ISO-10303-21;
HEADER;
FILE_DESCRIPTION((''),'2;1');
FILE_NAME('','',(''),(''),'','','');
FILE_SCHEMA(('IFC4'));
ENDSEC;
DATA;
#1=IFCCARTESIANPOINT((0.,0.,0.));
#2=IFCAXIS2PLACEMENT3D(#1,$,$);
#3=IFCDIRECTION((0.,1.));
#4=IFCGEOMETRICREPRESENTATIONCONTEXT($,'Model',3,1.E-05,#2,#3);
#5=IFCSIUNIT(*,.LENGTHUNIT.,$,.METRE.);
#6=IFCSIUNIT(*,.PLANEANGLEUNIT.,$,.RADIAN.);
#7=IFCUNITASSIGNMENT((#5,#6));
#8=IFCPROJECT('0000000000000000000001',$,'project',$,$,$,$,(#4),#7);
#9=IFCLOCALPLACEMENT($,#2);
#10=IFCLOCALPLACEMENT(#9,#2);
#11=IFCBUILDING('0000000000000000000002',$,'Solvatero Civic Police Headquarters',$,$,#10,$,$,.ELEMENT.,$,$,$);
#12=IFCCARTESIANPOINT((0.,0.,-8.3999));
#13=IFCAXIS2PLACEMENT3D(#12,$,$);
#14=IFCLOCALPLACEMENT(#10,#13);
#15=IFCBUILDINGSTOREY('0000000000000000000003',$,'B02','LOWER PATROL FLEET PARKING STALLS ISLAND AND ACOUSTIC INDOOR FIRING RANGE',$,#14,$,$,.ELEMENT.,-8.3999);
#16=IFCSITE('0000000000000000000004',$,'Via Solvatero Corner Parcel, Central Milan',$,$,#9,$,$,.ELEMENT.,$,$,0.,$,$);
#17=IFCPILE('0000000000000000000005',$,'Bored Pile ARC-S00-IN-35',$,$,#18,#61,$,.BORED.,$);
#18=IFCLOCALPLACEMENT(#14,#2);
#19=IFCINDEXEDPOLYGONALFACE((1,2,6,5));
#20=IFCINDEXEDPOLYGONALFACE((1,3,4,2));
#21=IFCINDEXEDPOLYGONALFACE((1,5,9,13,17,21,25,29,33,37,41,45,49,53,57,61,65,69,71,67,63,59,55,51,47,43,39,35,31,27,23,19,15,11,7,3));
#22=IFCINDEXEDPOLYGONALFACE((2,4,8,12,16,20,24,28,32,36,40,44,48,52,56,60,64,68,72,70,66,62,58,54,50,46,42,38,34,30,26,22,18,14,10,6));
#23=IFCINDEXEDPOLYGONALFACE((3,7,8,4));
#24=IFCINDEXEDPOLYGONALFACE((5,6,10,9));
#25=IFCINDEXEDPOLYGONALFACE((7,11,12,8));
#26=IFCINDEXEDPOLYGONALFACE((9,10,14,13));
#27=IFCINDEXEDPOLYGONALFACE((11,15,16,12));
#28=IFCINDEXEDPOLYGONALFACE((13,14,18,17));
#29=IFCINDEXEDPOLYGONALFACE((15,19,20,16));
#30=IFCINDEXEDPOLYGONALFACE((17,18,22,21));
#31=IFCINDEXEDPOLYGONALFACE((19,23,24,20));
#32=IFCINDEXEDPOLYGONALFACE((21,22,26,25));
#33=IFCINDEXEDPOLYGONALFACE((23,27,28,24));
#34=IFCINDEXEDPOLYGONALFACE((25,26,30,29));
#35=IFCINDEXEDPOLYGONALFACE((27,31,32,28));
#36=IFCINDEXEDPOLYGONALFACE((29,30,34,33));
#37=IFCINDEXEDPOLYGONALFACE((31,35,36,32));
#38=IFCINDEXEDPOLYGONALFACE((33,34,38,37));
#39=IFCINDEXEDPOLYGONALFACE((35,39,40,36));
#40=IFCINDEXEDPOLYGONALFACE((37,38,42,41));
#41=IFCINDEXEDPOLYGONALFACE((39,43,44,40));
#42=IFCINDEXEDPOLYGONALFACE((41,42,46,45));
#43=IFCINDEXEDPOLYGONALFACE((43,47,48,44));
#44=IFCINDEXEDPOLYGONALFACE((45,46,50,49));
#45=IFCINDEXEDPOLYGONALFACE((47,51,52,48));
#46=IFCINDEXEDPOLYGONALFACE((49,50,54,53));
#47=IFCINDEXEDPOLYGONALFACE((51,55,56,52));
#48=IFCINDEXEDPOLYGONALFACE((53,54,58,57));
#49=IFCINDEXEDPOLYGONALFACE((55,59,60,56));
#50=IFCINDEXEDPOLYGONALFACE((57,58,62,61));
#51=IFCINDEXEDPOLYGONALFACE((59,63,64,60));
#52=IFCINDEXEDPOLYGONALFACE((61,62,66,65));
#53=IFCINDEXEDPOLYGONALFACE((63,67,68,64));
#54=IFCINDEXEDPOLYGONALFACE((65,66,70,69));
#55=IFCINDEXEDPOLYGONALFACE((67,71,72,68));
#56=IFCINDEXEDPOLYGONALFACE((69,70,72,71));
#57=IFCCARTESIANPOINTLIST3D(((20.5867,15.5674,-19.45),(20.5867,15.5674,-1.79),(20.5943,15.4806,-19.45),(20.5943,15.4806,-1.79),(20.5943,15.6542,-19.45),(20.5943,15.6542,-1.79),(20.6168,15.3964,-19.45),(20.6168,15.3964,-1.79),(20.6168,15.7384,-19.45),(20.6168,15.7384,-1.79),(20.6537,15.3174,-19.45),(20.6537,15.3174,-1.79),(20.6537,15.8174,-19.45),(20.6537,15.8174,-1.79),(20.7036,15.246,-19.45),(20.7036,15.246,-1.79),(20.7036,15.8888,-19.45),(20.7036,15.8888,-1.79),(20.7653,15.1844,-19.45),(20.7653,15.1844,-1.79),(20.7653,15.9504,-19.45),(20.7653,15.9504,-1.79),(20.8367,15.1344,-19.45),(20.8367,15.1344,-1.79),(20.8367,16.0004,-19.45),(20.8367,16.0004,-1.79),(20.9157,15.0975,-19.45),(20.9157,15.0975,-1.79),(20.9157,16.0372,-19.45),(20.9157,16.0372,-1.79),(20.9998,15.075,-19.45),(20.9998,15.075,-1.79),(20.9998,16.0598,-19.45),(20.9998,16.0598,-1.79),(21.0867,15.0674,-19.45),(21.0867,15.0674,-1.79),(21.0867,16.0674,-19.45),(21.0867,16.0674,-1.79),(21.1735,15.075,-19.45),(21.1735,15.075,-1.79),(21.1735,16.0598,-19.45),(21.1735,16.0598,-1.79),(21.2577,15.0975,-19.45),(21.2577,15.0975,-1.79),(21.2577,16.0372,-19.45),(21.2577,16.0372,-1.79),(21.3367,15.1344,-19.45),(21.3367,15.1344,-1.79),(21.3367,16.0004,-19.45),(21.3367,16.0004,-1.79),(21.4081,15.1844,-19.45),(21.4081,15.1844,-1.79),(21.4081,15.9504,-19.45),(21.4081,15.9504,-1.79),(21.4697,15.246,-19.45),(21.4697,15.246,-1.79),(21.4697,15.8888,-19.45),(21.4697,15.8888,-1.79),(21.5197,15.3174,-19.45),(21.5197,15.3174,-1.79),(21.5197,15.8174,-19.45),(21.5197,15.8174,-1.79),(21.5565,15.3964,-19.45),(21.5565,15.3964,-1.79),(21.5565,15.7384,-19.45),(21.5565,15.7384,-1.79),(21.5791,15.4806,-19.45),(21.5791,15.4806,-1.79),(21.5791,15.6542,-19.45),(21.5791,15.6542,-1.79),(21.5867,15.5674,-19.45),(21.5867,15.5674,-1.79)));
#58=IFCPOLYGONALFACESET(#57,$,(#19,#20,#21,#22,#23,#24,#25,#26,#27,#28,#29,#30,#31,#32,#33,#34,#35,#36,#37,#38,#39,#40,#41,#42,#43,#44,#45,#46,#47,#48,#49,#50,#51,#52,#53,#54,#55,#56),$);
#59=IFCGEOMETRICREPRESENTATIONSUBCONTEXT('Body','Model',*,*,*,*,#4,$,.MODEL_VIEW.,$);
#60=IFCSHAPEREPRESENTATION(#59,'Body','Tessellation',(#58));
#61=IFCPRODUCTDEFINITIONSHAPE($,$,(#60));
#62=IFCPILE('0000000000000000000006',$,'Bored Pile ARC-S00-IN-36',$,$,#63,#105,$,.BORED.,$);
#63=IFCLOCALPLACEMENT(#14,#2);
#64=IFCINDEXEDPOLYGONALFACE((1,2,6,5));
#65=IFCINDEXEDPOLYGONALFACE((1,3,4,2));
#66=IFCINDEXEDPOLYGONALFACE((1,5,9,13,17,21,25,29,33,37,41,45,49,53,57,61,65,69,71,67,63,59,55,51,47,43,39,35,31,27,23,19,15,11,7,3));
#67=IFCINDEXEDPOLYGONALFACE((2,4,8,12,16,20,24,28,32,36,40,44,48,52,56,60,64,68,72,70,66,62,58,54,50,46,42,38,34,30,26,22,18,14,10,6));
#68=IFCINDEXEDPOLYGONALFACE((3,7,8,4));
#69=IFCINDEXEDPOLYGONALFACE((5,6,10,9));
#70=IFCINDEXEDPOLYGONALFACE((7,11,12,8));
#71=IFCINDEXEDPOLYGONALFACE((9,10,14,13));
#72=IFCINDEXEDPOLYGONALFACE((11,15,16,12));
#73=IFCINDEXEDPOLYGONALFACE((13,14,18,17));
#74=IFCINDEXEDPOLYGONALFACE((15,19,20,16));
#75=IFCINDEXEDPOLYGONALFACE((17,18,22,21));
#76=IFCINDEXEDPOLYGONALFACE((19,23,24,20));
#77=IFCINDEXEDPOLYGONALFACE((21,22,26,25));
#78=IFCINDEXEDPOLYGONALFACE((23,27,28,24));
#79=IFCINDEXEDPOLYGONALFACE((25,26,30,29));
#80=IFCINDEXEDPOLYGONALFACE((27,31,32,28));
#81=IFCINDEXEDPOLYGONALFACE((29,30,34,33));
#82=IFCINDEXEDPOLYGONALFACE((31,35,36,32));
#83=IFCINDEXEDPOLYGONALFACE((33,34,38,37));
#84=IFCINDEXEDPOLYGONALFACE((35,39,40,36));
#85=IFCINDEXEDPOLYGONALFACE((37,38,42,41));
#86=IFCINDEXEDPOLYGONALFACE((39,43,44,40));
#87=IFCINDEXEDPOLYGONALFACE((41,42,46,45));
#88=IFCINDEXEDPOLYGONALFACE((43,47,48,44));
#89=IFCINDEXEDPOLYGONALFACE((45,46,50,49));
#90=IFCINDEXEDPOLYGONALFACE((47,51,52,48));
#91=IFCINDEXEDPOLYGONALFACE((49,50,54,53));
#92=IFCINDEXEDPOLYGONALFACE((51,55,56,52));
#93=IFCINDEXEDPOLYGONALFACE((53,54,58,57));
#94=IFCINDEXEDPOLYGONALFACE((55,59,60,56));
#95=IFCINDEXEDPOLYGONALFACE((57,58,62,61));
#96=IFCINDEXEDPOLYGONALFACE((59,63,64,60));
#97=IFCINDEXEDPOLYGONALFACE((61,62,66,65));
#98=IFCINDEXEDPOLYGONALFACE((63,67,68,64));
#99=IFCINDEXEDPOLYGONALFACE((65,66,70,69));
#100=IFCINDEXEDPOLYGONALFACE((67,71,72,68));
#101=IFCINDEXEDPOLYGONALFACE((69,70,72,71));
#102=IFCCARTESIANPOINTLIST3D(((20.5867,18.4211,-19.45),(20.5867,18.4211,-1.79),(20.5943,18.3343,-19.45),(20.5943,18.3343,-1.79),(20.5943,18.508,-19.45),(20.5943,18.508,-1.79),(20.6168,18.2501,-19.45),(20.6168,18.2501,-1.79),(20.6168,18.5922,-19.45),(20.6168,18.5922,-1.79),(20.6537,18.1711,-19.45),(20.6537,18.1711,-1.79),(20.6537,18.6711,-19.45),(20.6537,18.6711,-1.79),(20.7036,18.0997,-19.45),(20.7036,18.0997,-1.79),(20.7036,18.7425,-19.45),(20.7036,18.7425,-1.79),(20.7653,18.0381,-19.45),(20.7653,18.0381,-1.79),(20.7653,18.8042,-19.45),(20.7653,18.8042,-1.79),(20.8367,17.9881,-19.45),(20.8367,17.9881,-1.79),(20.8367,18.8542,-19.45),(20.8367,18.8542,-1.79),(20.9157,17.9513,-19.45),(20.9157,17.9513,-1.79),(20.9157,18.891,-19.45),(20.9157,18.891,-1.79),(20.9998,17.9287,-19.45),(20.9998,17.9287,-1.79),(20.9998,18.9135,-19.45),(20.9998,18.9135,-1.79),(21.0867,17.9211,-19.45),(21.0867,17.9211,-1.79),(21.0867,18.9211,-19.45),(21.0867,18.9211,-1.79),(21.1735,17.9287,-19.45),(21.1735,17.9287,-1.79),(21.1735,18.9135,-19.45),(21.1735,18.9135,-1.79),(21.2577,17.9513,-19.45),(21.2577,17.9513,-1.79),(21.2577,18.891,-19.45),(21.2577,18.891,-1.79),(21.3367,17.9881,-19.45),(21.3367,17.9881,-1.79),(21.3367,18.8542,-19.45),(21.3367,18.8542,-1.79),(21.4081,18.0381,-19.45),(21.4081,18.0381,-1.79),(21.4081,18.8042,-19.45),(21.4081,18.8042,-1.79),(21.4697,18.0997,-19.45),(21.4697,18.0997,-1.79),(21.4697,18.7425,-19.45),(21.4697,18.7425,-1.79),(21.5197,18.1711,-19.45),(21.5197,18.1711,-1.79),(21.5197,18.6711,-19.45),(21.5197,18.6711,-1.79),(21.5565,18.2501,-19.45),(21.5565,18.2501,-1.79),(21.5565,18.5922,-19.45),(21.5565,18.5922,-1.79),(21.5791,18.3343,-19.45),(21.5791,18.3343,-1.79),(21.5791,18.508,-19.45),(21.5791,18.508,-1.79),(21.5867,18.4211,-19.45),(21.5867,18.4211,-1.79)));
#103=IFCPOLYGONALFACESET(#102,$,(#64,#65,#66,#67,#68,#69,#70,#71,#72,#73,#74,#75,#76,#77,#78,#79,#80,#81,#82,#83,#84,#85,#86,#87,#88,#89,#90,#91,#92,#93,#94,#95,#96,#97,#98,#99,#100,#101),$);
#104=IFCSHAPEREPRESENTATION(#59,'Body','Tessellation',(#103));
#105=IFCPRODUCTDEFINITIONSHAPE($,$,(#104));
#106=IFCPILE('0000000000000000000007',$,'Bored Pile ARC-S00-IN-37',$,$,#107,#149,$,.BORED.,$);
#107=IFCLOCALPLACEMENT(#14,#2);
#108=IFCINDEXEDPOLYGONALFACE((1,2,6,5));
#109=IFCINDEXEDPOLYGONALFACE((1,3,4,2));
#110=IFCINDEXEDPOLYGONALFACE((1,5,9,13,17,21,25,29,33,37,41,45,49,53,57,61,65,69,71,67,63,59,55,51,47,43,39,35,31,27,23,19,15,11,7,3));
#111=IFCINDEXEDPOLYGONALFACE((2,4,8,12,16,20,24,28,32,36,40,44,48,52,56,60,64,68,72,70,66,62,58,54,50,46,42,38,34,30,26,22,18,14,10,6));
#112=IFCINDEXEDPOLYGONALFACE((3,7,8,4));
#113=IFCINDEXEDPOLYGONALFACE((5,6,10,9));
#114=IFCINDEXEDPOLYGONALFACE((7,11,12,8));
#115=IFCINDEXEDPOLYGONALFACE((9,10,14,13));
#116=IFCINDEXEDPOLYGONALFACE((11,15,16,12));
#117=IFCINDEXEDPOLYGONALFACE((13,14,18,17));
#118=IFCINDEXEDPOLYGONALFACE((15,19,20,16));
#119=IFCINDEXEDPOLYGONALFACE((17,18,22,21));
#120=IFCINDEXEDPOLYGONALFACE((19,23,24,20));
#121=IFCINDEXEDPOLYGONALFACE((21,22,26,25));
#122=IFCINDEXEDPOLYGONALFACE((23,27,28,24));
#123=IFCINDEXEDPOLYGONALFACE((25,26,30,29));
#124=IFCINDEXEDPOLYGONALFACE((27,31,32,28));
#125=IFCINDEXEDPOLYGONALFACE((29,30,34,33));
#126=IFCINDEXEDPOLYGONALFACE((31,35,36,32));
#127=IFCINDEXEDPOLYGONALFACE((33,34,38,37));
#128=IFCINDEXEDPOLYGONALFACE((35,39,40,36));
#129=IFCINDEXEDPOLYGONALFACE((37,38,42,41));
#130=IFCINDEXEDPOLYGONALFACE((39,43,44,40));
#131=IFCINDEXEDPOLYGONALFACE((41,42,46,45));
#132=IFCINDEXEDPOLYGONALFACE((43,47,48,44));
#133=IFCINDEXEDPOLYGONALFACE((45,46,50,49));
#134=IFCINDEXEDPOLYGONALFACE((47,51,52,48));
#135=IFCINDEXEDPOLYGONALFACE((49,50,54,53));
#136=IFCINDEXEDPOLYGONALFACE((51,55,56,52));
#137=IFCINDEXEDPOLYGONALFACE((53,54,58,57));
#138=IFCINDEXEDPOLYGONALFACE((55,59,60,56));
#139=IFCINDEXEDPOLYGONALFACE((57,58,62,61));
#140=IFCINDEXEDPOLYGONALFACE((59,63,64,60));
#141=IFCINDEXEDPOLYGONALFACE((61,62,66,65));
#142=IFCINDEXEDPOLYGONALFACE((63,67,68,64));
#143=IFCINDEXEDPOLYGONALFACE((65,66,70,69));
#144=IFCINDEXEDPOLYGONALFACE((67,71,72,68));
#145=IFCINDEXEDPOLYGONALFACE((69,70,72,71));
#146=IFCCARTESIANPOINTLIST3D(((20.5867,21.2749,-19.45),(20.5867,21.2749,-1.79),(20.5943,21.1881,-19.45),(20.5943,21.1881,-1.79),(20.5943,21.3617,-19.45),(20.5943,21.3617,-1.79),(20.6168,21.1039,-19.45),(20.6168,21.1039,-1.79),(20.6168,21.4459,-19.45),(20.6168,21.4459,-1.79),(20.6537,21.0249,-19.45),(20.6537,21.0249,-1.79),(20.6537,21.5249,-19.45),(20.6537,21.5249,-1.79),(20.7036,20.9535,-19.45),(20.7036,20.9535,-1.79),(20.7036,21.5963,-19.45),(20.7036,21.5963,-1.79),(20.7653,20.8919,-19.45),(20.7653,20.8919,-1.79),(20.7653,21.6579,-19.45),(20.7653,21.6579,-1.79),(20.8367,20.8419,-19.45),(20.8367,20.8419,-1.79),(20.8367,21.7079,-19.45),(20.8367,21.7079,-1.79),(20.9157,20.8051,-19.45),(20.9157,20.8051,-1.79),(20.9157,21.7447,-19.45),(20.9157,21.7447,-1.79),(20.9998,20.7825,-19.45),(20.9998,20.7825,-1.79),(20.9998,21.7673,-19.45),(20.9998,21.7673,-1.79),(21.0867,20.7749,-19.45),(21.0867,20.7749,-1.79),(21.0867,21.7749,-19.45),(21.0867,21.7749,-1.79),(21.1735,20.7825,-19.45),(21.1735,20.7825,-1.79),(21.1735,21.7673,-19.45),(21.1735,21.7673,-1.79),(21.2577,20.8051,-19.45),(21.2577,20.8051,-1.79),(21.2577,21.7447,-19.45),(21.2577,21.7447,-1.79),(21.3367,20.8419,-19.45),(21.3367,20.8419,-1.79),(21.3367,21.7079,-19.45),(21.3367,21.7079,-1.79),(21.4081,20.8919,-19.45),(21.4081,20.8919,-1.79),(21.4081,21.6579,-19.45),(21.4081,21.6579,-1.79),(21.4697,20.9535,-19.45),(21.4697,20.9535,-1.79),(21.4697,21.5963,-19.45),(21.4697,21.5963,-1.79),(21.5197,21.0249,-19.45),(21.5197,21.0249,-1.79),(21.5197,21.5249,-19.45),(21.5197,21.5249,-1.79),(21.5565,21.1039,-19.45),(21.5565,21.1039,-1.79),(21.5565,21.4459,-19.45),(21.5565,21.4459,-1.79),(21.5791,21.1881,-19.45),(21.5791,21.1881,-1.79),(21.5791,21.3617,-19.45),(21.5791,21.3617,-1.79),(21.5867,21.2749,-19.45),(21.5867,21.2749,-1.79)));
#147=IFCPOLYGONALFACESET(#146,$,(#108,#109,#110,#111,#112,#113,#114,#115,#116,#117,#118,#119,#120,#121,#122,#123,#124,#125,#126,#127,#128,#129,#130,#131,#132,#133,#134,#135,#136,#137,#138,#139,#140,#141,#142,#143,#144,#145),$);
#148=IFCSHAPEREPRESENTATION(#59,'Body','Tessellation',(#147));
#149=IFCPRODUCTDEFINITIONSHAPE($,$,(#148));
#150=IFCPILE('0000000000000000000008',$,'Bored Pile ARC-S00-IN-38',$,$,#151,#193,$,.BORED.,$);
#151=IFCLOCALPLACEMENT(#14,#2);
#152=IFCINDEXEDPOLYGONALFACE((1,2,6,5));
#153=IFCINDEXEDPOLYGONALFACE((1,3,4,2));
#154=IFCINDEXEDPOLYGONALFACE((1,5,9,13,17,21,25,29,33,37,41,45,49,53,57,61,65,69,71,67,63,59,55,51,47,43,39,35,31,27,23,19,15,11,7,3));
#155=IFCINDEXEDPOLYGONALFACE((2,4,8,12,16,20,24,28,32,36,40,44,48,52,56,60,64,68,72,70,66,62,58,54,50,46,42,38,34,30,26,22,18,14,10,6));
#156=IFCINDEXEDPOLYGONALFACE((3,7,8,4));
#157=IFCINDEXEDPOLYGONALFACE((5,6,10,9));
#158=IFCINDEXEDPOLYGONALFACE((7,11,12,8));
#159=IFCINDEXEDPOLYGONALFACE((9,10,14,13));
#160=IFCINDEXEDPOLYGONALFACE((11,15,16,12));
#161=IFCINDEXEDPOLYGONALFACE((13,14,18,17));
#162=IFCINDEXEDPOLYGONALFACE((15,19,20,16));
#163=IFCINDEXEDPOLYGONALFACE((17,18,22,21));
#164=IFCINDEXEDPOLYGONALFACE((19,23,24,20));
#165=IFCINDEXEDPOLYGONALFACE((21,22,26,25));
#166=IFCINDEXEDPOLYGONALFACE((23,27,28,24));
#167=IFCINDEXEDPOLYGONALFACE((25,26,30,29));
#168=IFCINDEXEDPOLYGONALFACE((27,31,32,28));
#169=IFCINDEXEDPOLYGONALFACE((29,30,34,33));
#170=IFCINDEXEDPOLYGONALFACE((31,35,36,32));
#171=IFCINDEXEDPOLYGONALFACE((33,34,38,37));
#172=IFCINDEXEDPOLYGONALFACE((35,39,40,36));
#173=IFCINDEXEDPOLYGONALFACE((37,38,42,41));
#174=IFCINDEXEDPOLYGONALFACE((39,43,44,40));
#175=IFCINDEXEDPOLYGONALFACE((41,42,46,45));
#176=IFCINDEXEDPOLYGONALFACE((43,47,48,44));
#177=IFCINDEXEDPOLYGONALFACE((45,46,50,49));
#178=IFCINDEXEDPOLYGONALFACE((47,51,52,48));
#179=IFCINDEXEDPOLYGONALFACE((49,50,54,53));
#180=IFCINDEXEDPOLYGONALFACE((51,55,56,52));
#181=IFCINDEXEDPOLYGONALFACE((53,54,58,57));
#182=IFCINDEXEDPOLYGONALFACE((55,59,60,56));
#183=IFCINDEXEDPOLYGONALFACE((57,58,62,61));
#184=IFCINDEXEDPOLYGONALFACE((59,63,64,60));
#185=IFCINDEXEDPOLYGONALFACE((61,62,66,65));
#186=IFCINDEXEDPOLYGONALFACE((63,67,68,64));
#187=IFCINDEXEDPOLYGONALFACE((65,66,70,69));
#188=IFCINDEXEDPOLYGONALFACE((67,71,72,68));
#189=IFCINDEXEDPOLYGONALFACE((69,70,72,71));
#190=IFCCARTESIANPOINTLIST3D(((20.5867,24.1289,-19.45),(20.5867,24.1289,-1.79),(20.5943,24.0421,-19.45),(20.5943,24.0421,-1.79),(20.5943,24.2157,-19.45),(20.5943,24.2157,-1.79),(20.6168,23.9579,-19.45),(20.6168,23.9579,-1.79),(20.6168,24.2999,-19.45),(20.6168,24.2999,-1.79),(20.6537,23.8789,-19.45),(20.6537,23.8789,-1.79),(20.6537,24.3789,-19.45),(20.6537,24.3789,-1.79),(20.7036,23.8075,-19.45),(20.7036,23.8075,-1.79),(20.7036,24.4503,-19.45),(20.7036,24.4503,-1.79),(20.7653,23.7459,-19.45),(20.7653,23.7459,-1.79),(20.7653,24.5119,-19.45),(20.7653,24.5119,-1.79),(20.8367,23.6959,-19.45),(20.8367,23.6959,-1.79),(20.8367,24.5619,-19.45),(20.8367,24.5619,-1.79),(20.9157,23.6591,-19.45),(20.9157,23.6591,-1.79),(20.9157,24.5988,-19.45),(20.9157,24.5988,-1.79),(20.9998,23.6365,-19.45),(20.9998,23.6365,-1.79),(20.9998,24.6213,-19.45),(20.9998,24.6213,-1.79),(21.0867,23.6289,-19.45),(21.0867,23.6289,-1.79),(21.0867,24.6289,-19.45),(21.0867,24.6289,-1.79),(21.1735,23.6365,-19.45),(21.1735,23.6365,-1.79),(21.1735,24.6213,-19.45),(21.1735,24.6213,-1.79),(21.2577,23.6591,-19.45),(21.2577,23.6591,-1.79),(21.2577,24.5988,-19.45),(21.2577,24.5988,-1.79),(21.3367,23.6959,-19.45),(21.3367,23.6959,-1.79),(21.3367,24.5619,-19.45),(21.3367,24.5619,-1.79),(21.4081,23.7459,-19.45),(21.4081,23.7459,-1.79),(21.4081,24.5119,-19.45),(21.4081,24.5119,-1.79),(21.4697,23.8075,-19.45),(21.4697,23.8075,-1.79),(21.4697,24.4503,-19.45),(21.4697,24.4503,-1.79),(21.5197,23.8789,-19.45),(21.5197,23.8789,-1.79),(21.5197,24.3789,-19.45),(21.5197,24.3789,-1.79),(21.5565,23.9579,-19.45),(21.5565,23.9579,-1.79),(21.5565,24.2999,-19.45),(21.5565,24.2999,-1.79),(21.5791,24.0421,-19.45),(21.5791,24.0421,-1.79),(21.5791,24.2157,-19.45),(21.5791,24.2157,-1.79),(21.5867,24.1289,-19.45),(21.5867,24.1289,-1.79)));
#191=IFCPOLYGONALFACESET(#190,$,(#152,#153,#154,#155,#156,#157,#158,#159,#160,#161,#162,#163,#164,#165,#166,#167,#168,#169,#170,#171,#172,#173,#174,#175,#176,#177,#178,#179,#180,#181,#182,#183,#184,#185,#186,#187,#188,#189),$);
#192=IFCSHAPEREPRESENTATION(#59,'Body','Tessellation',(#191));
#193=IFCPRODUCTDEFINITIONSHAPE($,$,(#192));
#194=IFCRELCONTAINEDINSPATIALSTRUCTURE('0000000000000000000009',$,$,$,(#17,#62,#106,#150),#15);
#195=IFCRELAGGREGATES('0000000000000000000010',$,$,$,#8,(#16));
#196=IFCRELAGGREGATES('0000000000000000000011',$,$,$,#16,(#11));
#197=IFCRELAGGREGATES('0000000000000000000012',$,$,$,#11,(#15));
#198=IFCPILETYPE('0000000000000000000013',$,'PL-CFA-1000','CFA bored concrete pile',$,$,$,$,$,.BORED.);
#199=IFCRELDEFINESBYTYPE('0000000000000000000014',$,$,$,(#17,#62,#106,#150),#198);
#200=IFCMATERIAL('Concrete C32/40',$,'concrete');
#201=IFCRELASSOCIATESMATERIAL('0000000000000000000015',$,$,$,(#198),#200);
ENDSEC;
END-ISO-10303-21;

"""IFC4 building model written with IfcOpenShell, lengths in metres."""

from ifc_helpers import new_model, si_unit, direction, frame, origin, origin_2d, place, context, subcontext, project, spatial, circle, extrude, material, material_profile, profile_set, type_object, element, save


model = new_model("IFC4")

# Units and contexts
model_context = context("Model", 3, precision=1e-05, world=origin(), true_north=direction((0.0, 1.0)))
body_context = subcontext(model_context, "Body", "Model", "MODEL_VIEW")
ifc_project = project(units=[si_unit("LENGTHUNIT", "METRE"), si_unit("PLANEANGLEUNIT", "RADIAN")], contexts=[model_context])

# Site, building, storey
site_placement = place(None, origin())
site = spatial("IfcSite", under=ifc_project, at=site_placement, Name="Via Solvatero Corner Parcel, Central Milan", CompositionType="ELEMENT", RefElevation=0.0)
building_placement = place(site_placement, origin())
building = spatial("IfcBuilding", under=site, at=building_placement, Name="Solvatero Civic Police Headquarters", CompositionType="ELEMENT")
storey_placement = place(building_placement, frame((0.0, 0.0, -8.3999)))
storey = spatial("IfcBuildingStorey", under=building, at=storey_placement, Name="B02", Description="LOWER PATROL FLEET PARKING STALLS ISLAND AND ACOUSTIC INDOOR FIRING RANGE", CompositionType="ELEMENT", Elevation=-8.3999)

# Piles
ifc_material_1 = material(Name="Concrete C32/40", Category="concrete")
ifc_material_profile_1 = material_profile(ifc_material_1, circle(Radius=0.5, at=origin_2d()), Name="CFA PILE D1000")
ifc_profile_set_1 = profile_set([ifc_material_profile_1], Name="Concrete C32/40")
pile_type_1 = type_object("IfcPileType", Name="PL-CFA-1000", Description="CFA bored concrete pile", PredefinedType="BORED", material=ifc_profile_set_1)
for number, where, z_axis, x_axis, name in (
    (1, (21.0867, 15.5674, -1.79), (0.0, 0.0, -1.0), (1.0, 0.0, 0.0), "Bored Pile ARC-S00-IN-35"),
    (2, (21.0867, 18.4211, -1.79), (0.0, 0.0, -1.0), (1.0, 0.0, 0.0), "Bored Pile ARC-S00-IN-36"),
    (3, (21.0867, 21.2749, -1.79), (0.0, 0.0, -1.0), (1.0, 0.0, 0.0), "Bored Pile ARC-S00-IN-37"),
    (4, (21.0867, 24.1289, -1.79), (0.0, 0.0, -1.0), (1.0, 0.0, 0.0), "Bored Pile ARC-S00-IN-38"),
):
    element("IfcPile", number, at=place(storey_placement, frame(where, z_axis=z_axis, x_axis=x_axis)), inside=storey, type_object=pile_type_1, Name=name, PredefinedType="BORED", context=body_context, shape_type="SweptSolid", body=[
        extrude(circle(Radius=0.5, at=origin_2d()), origin(), (0.0, 0.0, 1.0), 17.6599),
    ])

save(model, "model.ifc")
